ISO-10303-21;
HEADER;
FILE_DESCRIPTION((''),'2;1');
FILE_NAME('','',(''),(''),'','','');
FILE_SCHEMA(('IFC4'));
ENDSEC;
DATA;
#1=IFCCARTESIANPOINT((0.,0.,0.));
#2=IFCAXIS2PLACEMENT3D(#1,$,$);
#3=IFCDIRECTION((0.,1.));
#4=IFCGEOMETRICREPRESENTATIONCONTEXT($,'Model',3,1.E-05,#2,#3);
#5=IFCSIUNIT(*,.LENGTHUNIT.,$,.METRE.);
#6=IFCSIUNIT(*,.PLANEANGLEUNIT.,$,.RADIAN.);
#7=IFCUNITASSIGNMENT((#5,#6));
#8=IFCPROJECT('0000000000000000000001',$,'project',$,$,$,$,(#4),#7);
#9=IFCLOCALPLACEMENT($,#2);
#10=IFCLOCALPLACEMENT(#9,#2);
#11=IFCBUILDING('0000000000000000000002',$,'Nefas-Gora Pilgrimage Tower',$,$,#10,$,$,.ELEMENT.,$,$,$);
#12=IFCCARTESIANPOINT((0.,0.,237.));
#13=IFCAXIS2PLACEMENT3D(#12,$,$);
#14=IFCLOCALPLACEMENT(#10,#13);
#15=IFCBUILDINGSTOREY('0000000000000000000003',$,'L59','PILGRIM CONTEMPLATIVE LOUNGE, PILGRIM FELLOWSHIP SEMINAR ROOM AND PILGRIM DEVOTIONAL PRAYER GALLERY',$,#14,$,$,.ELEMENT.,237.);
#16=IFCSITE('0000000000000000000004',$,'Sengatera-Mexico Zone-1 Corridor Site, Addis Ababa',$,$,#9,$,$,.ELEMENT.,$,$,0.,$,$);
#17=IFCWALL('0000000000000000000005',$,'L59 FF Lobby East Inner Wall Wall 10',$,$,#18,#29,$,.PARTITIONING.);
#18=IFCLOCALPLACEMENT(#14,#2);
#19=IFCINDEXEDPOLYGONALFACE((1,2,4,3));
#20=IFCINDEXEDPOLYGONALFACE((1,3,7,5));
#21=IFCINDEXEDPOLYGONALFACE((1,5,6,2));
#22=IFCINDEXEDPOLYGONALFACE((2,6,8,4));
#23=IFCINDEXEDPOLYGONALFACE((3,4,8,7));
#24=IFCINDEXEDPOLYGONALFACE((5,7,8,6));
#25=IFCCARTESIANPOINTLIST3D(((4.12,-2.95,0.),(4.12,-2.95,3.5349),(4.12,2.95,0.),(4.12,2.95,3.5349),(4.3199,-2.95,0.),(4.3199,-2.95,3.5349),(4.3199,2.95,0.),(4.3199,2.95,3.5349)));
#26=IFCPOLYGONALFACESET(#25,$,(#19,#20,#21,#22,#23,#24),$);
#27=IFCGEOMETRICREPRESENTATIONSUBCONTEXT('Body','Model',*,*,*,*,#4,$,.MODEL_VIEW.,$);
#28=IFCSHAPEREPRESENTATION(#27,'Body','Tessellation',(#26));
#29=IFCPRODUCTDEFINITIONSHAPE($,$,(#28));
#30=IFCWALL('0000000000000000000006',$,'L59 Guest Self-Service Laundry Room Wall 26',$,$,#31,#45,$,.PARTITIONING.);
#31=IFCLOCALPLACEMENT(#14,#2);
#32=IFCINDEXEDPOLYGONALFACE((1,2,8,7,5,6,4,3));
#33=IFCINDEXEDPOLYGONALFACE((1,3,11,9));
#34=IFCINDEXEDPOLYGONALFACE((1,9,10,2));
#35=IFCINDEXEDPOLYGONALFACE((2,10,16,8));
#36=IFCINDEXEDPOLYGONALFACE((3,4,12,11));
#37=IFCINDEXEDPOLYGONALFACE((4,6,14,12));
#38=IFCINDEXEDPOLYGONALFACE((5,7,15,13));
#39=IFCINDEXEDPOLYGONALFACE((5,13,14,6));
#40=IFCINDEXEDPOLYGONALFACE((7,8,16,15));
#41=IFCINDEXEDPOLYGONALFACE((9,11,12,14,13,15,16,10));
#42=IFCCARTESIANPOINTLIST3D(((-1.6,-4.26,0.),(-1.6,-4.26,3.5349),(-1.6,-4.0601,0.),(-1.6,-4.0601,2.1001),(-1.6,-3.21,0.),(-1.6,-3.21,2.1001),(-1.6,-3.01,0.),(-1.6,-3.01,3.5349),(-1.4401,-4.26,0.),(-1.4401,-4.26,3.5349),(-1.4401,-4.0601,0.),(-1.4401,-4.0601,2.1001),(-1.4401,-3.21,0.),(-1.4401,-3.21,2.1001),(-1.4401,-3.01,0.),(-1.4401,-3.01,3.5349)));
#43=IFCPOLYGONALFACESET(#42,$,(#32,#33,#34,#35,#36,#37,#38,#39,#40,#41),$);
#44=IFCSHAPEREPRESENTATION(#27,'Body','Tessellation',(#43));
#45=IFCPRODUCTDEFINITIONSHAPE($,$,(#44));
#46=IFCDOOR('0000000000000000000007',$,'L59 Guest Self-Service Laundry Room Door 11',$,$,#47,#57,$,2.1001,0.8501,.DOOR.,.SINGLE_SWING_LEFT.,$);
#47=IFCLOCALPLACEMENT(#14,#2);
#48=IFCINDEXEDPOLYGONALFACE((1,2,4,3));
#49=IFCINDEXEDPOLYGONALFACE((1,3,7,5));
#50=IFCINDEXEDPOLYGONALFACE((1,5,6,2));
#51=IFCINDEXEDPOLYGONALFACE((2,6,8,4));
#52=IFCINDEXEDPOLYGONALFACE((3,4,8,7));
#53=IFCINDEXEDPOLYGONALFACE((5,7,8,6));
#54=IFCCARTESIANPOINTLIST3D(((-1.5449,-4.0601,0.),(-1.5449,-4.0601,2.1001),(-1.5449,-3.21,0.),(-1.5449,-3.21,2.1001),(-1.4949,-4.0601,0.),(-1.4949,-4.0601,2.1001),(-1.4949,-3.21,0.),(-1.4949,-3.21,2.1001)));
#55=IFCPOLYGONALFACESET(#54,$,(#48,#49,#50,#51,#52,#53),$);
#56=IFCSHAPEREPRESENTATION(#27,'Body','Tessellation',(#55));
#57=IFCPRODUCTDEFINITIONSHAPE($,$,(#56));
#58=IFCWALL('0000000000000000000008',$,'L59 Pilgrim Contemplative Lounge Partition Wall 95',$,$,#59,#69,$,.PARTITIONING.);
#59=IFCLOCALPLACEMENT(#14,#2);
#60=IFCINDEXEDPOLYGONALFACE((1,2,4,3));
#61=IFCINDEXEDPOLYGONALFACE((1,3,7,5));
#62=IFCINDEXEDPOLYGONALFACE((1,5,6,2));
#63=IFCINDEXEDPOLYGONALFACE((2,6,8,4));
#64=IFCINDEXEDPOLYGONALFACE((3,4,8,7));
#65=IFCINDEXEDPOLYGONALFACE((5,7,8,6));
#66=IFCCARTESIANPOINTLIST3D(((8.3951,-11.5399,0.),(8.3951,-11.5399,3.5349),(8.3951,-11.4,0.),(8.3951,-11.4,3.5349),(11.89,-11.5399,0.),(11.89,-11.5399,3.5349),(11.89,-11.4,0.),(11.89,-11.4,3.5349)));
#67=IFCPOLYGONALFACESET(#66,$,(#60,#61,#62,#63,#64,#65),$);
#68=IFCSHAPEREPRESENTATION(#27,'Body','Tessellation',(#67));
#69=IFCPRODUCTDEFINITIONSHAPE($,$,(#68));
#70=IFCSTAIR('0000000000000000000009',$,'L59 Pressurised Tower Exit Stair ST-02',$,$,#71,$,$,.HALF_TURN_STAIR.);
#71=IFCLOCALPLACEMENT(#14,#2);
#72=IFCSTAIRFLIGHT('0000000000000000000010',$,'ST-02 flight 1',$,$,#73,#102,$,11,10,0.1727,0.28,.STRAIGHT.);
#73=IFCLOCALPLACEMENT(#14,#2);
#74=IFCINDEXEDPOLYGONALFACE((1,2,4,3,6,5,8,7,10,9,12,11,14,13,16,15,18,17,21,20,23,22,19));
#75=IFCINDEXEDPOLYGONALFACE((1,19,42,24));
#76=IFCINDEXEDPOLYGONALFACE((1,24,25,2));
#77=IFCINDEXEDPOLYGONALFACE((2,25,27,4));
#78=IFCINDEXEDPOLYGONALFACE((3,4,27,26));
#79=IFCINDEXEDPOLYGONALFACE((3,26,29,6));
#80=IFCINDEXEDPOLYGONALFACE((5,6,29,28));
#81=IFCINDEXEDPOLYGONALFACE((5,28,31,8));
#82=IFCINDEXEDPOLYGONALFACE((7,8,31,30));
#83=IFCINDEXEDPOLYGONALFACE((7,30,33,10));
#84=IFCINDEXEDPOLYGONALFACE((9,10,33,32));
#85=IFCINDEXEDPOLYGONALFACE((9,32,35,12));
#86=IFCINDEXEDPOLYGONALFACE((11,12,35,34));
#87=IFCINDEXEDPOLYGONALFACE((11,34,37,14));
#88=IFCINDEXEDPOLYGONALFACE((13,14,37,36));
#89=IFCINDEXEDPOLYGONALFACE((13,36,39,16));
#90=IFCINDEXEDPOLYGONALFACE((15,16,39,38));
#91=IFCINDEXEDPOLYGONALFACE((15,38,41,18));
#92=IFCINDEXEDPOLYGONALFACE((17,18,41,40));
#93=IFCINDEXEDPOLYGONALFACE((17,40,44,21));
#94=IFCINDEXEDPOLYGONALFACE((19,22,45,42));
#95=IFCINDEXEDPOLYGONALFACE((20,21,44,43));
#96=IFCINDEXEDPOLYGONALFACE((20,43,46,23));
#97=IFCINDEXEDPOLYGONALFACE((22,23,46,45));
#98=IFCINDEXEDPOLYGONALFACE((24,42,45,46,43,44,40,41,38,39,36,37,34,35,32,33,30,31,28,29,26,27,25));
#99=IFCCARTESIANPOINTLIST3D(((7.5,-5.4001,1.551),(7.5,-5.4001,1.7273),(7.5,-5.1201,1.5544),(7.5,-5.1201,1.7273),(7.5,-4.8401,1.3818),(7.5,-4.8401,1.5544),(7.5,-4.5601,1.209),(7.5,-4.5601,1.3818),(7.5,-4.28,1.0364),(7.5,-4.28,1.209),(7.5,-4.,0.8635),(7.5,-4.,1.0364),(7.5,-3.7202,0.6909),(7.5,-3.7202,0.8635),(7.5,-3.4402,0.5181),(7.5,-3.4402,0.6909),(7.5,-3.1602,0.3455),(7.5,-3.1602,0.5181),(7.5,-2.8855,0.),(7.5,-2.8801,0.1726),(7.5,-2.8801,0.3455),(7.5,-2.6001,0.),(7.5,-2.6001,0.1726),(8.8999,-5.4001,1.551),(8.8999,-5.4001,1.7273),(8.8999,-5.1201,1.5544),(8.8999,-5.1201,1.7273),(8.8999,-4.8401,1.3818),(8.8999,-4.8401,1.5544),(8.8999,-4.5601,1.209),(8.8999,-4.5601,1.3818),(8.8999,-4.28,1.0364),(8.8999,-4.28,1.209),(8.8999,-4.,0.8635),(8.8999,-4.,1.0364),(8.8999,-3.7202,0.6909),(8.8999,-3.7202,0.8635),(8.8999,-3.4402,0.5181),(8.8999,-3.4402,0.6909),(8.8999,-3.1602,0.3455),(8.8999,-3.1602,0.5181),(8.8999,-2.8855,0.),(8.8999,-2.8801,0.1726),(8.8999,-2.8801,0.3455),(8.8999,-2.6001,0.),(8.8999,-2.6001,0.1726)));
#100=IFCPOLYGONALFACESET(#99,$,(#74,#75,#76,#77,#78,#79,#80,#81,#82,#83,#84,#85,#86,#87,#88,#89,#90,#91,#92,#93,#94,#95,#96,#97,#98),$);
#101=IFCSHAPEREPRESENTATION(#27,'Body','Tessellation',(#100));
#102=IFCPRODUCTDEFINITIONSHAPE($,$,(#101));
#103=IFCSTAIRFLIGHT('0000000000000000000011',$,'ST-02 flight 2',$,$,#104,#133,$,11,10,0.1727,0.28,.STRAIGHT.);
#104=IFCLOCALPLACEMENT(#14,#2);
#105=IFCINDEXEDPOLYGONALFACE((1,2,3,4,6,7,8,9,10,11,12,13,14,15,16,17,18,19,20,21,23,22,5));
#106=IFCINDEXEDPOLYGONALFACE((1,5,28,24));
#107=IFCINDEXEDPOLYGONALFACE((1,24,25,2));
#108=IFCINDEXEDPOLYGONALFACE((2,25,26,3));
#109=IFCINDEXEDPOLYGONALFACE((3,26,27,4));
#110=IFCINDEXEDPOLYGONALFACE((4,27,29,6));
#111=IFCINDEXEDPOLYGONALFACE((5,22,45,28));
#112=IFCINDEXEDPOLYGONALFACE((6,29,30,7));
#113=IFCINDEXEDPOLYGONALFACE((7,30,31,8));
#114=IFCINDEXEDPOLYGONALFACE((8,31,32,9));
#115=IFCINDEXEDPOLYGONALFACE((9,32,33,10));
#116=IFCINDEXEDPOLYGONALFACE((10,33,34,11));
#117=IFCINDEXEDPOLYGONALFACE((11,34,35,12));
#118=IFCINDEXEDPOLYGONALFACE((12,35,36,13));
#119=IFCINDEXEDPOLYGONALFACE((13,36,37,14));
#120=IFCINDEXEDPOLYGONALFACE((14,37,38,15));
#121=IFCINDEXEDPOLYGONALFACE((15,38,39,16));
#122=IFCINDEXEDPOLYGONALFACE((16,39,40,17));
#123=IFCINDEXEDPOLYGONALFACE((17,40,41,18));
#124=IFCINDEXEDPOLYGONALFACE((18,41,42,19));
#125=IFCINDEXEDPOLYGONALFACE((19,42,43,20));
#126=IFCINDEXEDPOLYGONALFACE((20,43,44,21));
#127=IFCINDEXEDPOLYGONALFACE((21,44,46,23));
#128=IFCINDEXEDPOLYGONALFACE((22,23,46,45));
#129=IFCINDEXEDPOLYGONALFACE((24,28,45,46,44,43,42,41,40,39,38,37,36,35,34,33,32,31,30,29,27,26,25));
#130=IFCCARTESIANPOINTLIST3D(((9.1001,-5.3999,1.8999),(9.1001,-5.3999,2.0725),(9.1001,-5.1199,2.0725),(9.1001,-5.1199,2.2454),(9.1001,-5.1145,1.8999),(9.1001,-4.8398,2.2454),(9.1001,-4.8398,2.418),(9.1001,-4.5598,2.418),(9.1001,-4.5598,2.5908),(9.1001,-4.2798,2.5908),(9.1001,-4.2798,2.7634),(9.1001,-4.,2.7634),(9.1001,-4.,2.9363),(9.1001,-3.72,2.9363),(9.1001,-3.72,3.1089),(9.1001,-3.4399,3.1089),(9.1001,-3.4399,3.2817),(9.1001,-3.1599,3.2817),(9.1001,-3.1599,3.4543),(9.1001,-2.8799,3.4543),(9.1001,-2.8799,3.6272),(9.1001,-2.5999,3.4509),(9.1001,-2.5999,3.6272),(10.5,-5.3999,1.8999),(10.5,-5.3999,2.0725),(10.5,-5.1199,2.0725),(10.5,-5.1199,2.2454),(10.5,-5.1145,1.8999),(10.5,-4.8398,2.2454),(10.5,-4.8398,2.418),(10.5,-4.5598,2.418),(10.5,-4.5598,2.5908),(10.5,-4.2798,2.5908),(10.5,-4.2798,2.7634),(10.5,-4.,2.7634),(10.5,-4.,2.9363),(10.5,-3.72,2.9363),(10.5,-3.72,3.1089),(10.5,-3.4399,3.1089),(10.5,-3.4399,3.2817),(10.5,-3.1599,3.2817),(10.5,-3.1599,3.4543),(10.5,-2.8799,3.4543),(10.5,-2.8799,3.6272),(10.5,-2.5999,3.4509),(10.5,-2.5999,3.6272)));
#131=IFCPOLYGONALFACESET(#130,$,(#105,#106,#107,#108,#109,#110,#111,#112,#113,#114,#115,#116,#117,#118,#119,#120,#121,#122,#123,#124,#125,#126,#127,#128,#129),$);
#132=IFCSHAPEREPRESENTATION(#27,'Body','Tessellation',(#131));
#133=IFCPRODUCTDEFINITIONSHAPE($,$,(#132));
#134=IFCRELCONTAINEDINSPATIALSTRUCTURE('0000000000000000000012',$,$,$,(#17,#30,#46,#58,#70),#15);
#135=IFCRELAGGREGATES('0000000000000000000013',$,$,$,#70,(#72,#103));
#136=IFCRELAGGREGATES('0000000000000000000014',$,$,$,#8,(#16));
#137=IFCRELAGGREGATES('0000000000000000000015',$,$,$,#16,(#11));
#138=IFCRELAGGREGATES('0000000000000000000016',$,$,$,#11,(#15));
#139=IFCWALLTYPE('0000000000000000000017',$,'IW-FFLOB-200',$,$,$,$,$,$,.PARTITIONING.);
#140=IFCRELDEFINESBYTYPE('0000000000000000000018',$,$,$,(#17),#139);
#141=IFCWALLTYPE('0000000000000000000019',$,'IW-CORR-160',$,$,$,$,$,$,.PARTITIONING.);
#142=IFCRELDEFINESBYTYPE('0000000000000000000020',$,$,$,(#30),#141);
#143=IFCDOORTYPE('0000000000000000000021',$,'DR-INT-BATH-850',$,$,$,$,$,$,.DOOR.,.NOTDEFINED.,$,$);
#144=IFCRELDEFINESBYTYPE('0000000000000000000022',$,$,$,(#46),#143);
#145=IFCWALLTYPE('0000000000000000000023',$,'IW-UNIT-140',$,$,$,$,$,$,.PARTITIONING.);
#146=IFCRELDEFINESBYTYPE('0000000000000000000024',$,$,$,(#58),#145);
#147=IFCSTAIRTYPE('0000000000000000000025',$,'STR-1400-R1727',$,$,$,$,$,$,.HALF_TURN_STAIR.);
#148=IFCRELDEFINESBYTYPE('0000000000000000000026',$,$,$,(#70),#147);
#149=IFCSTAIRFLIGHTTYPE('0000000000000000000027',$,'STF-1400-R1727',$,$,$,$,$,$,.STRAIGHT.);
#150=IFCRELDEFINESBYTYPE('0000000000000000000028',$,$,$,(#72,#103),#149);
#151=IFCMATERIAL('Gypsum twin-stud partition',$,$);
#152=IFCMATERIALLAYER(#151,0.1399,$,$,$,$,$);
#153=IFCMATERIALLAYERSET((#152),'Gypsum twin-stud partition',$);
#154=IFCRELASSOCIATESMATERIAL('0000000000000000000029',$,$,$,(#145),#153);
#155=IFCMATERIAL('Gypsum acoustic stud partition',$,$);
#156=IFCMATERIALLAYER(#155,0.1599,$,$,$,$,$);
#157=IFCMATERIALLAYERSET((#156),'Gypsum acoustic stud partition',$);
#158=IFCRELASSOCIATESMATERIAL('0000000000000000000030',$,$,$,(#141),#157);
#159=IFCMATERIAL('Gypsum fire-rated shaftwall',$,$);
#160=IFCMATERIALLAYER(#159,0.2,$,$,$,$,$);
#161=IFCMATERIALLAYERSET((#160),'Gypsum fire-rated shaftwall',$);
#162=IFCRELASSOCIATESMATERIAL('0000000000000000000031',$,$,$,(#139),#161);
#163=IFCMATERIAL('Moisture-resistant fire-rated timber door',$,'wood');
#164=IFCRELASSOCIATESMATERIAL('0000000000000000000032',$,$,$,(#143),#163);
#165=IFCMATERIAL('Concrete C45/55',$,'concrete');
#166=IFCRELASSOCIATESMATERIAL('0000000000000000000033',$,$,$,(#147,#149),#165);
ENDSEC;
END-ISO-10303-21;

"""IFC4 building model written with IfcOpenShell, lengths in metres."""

from ifc_helpers import new_model, si_unit, direction, frame, frame_2d, origin, place, context, subcontext, project, spatial, polyline, rectangle, outline, extrude, source, transform, mapped, material, layer, layer_set, type_object, element, fill, aggregate, save


model = new_model("IFC4")

# Units and contexts
model_context = context("Model", 3, precision=1e-05, world=origin(), true_north=direction((0.0, 1.0)))
body_context = subcontext(model_context, "Body", "Model", "MODEL_VIEW")
ifc_project = project(units=[si_unit("LENGTHUNIT", "METRE"), si_unit("PLANEANGLEUNIT", "RADIAN")], contexts=[model_context])

# Site, building, storey
site_placement = place(None, origin())
site = spatial("IfcSite", under=ifc_project, at=site_placement, Name="Sengatera-Mexico Zone-1 Corridor Site, Addis Ababa", CompositionType="ELEMENT", RefElevation=0.0)
building_placement = place(site_placement, origin())
building = spatial("IfcBuilding", under=site, at=building_placement, Name="Nefas-Gora Pilgrimage Tower", CompositionType="ELEMENT")
storey_placement = place(building_placement, frame((0.0, 0.0, 237.0)))
storey = spatial("IfcBuildingStorey", under=building, at=storey_placement, Name="L59", Description="PILGRIM CONTEMPLATIVE LOUNGE, PILGRIM FELLOWSHIP SEMINAR ROOM AND PILGRIM DEVOTIONAL PRAYER GALLERY", CompositionType="ELEMENT", Elevation=237.0)

# Shared definitions
ifc_material_1 = material(Name="Concrete C45/55", Category="concrete")

# Wall
ifc_material_2 = material(Name="Gypsum twin-stud partition")
ifc_layer_1 = layer(ifc_material_2, 0.1399)
ifc_layer_set_1 = layer_set([ifc_layer_1], Name="Gypsum twin-stud partition")
wall_type_1 = type_object("IfcWallType", Name="IW-UNIT-140", PredefinedType="PARTITIONING", material=ifc_layer_set_1)
ifc_material_3 = material(Name="Gypsum acoustic stud partition")
ifc_layer_2 = layer(ifc_material_3, 0.1599)
ifc_layer_set_2 = layer_set([ifc_layer_2], Name="Gypsum acoustic stud partition")
wall_type_2 = type_object("IfcWallType", Name="IW-CORR-160", PredefinedType="PARTITIONING", material=ifc_layer_set_2)
ifc_material_4 = material(Name="Gypsum fire-rated shaftwall")
ifc_layer_3 = layer(ifc_material_4, 0.2)
ifc_layer_set_3 = layer_set([ifc_layer_3], Name="Gypsum fire-rated shaftwall")
wall_type_3 = type_object("IfcWallType", Name="IW-FFLOB-200", PredefinedType="PARTITIONING", material=ifc_layer_set_3)
shared_shape_1 = source(origin(), body_context, "Body", "SweptSolid", [
    extrude(rectangle(XDim=5.8999, YDim=0.2, at=frame_2d((2.95, 0.0))), origin(), (0.0, 0.0, 1.0), 3.5349),
])
wall_1_placement = place(storey_placement, frame((4.22, -2.95, 0.0), z_axis=(0.0, 0.0, 1.0), x_axis=(0.0, 1.0, 0.0)))
element("IfcWall", 1, at=wall_1_placement, inside=storey, type_object=wall_type_3, Name="L59 FF Lobby East Inner Wall Wall 10", PredefinedType="PARTITIONING", context=body_context, shape_type="MappedRepresentation", body=[
    mapped(shared_shape_1, transform((0.0, 0.0, 0.0), x_axis=(1.0, 0.0, 0.0), y_axis=(0.0, 1.0, 0.0), z_axis=(0.0, 0.0, 1.0), scale=1.0)),
])

# Wall, opening, door
shared_shape_2 = source(origin(), body_context, "Body", "SweptSolid", [
    extrude(rectangle(XDim=1.25, YDim=0.1599, at=frame_2d((0.625, 0.0))), origin(), (0.0, 0.0, 1.0), 3.5349),
])
wall_2_placement = place(storey_placement, frame((-1.52, -4.26, 0.0), z_axis=(0.0, 0.0, 1.0), x_axis=(0.0, 1.0, 0.0)))
wall_2 = element("IfcWall", 2, at=wall_2_placement, inside=storey, type_object=wall_type_2, Name="L59 Guest Self-Service Laundry Room Wall 26", PredefinedType="PARTITIONING", context=body_context, shape_type="MappedRepresentation", body=[
    mapped(shared_shape_2, transform((0.0, 0.0, 0.0), x_axis=(1.0, 0.0, 0.0), y_axis=(0.0, 1.0, 0.0), z_axis=(0.0, 0.0, 1.0), scale=1.0)),
])
opening_1_placement = place(wall_2_placement, frame((0.2, 0.0, 0.0)))
opening_1 = element("IfcOpeningElement", 3, at=opening_1_placement, cuts=wall_2, PredefinedType="OPENING", context=body_context, shape_type="SweptSolid", body=[
    extrude(rectangle(XDim=0.8501, YDim=2.1001, at=frame_2d((0.425, 1.05))), frame((0.0, 0.0898, 0.0), z_axis=(0.0, -1.0, 0.0), x_axis=(1.0, 0.0, 0.0)), (0.0, 0.0, 1.0), 0.1799),
])
ifc_material_5 = material(Name="Moisture-resistant fire-rated timber door", Category="wood")
door_type_1 = type_object("IfcDoorType", Name="DR-INT-BATH-850", OperationType="NOTDEFINED", PredefinedType="DOOR", material=ifc_material_5)
shared_shape_3 = source(origin(), body_context, "Body", "SweptSolid", [
    extrude(rectangle(XDim=0.8501, YDim=2.1001, at=frame_2d((0.425, 1.05))), frame((0.0, 0.0249, 0.0), z_axis=(0.0, -1.0, 0.0), x_axis=(1.0, 0.0, 0.0)), (0.0, 0.0, 1.0), 0.05),
])
door_1_placement = place(opening_1_placement, origin())
door_1 = element("IfcDoor", 4, at=door_1_placement, inside=storey, type_object=door_type_1, Name="L59 Guest Self-Service Laundry Room Door 11", OperationType="SINGLE_SWING_LEFT", OverallHeight=2.1001, OverallWidth=0.8501, PredefinedType="DOOR", context=body_context, shape_type="MappedRepresentation", body=[
    mapped(shared_shape_3, transform((0.0, 0.0, 0.0), x_axis=(1.0, 0.0, 0.0), y_axis=(0.0, 1.0, 0.0), z_axis=(0.0, 0.0, 1.0), scale=1.0)),
])
fill(opening_1, door_1)

# Wall
shared_shape_4 = source(origin(), body_context, "Body", "SweptSolid", [
    extrude(rectangle(XDim=3.4949, YDim=0.1399, at=frame_2d((1.7476, 0.0))), origin(), (0.0, 0.0, 1.0), 3.5349),
])
wall_3_placement = place(storey_placement, frame((8.395, -11.47, 0.0), z_axis=(0.0, 0.0, 1.0), x_axis=(1.0, 0.0, 0.0)))
element("IfcWall", 5, at=wall_3_placement, inside=storey, type_object=wall_type_1, Name="L59 Pilgrim Contemplative Lounge Partition Wall 95", PredefinedType="PARTITIONING", context=body_context, shape_type="MappedRepresentation", body=[
    mapped(shared_shape_4, transform((0.0, 0.0, 0.0), x_axis=(1.0, 0.0, 0.0), y_axis=(0.0, 1.0, 0.0), z_axis=(0.0, 0.0, 1.0), scale=1.0)),
])

# Stair, stair flights
stair_type = type_object("IfcStairType", Name="STR-1400-R1727", PredefinedType="HALF_TURN_STAIR", material=ifc_material_1)
stair_placement = place(storey_placement, origin())
stair = element("IfcStair", 6, at=stair_placement, inside=storey, type_object=stair_type, Name="L59 Pressurised Tower Exit Stair ST-02", PredefinedType="HALF_TURN_STAIR")
stair_flight_type = type_object("IfcStairFlightType", Name="STF-1400-R1727", PredefinedType="STRAIGHT", material=ifc_material_1)
shared_shape_5 = source(origin(), body_context, "Body", "SweptSolid", [
    extrude(outline(polyline([(0.0, 0.0), (0.0, 0.1726), (0.28, 0.1726), (0.28, 0.3455), (0.5601, 0.3455), (0.5601, 0.5181), (0.8401, 0.5181), (0.8401, 0.6909), (1.1201, 0.6909), (1.1201, 0.8635), (1.3999, 0.8635), (1.3999, 1.0364), (1.6799, 1.0364), (1.6799, 1.209), (1.96, 1.209), (1.96, 1.3818), (2.24, 1.3818), (2.24, 1.5544), (2.52, 1.5544), (2.52, 1.7273), (2.8, 1.7273), (2.8, 1.8999), (2.8, 1.551), (0.2854, 0.0), (0.0, 0.0)])), frame((0.0, 0.7, 0.0), z_axis=(0.0, -1.0, 0.0), x_axis=(1.0, 0.0, 0.0)), (0.0, 0.0, 1.0), 1.3999),
])
stair_flight_1_placement = place(storey_placement, frame((8.2, -2.6001, 0.0), z_axis=(0.0, 0.0, 1.0), x_axis=(0.0, -1.0, 0.0)))
stair_flight_1 = element("IfcStairFlight", 7, at=stair_flight_1_placement, type_object=stair_flight_type, Name="ST-02 flight 1", NumberOfRisers=11, NumberOfTreads=10, PredefinedType="STRAIGHT", RiserHeight=0.1727, TreadLength=0.28, context=body_context, shape_type="MappedRepresentation", body=[
    mapped(shared_shape_5, transform((0.0, 0.0, 0.0), x_axis=(1.0, 0.0, 0.0), y_axis=(0.0, 1.0, 0.0), z_axis=(0.0, 0.0, 1.0), scale=1.0)),
])
stair_flight_2_placement = place(storey_placement, frame((9.8, -5.3999, 1.8999), z_axis=(0.0, 0.0, 1.0), x_axis=(0.0, 1.0, 0.0)))
stair_flight_2 = element("IfcStairFlight", 8, at=stair_flight_2_placement, type_object=stair_flight_type, Name="ST-02 flight 2", NumberOfRisers=11, NumberOfTreads=10, PredefinedType="STRAIGHT", RiserHeight=0.1727, TreadLength=0.28, context=body_context, shape_type="MappedRepresentation", body=[
    mapped(shared_shape_5, transform((0.0, 0.0, 0.0), x_axis=(1.0, 0.0, 0.0), y_axis=(0.0, 1.0, 0.0), z_axis=(0.0, 0.0, 1.0), scale=1.0)),
])
aggregate(stair, [stair_flight_1, stair_flight_2])

save(model, "model.ifc")
